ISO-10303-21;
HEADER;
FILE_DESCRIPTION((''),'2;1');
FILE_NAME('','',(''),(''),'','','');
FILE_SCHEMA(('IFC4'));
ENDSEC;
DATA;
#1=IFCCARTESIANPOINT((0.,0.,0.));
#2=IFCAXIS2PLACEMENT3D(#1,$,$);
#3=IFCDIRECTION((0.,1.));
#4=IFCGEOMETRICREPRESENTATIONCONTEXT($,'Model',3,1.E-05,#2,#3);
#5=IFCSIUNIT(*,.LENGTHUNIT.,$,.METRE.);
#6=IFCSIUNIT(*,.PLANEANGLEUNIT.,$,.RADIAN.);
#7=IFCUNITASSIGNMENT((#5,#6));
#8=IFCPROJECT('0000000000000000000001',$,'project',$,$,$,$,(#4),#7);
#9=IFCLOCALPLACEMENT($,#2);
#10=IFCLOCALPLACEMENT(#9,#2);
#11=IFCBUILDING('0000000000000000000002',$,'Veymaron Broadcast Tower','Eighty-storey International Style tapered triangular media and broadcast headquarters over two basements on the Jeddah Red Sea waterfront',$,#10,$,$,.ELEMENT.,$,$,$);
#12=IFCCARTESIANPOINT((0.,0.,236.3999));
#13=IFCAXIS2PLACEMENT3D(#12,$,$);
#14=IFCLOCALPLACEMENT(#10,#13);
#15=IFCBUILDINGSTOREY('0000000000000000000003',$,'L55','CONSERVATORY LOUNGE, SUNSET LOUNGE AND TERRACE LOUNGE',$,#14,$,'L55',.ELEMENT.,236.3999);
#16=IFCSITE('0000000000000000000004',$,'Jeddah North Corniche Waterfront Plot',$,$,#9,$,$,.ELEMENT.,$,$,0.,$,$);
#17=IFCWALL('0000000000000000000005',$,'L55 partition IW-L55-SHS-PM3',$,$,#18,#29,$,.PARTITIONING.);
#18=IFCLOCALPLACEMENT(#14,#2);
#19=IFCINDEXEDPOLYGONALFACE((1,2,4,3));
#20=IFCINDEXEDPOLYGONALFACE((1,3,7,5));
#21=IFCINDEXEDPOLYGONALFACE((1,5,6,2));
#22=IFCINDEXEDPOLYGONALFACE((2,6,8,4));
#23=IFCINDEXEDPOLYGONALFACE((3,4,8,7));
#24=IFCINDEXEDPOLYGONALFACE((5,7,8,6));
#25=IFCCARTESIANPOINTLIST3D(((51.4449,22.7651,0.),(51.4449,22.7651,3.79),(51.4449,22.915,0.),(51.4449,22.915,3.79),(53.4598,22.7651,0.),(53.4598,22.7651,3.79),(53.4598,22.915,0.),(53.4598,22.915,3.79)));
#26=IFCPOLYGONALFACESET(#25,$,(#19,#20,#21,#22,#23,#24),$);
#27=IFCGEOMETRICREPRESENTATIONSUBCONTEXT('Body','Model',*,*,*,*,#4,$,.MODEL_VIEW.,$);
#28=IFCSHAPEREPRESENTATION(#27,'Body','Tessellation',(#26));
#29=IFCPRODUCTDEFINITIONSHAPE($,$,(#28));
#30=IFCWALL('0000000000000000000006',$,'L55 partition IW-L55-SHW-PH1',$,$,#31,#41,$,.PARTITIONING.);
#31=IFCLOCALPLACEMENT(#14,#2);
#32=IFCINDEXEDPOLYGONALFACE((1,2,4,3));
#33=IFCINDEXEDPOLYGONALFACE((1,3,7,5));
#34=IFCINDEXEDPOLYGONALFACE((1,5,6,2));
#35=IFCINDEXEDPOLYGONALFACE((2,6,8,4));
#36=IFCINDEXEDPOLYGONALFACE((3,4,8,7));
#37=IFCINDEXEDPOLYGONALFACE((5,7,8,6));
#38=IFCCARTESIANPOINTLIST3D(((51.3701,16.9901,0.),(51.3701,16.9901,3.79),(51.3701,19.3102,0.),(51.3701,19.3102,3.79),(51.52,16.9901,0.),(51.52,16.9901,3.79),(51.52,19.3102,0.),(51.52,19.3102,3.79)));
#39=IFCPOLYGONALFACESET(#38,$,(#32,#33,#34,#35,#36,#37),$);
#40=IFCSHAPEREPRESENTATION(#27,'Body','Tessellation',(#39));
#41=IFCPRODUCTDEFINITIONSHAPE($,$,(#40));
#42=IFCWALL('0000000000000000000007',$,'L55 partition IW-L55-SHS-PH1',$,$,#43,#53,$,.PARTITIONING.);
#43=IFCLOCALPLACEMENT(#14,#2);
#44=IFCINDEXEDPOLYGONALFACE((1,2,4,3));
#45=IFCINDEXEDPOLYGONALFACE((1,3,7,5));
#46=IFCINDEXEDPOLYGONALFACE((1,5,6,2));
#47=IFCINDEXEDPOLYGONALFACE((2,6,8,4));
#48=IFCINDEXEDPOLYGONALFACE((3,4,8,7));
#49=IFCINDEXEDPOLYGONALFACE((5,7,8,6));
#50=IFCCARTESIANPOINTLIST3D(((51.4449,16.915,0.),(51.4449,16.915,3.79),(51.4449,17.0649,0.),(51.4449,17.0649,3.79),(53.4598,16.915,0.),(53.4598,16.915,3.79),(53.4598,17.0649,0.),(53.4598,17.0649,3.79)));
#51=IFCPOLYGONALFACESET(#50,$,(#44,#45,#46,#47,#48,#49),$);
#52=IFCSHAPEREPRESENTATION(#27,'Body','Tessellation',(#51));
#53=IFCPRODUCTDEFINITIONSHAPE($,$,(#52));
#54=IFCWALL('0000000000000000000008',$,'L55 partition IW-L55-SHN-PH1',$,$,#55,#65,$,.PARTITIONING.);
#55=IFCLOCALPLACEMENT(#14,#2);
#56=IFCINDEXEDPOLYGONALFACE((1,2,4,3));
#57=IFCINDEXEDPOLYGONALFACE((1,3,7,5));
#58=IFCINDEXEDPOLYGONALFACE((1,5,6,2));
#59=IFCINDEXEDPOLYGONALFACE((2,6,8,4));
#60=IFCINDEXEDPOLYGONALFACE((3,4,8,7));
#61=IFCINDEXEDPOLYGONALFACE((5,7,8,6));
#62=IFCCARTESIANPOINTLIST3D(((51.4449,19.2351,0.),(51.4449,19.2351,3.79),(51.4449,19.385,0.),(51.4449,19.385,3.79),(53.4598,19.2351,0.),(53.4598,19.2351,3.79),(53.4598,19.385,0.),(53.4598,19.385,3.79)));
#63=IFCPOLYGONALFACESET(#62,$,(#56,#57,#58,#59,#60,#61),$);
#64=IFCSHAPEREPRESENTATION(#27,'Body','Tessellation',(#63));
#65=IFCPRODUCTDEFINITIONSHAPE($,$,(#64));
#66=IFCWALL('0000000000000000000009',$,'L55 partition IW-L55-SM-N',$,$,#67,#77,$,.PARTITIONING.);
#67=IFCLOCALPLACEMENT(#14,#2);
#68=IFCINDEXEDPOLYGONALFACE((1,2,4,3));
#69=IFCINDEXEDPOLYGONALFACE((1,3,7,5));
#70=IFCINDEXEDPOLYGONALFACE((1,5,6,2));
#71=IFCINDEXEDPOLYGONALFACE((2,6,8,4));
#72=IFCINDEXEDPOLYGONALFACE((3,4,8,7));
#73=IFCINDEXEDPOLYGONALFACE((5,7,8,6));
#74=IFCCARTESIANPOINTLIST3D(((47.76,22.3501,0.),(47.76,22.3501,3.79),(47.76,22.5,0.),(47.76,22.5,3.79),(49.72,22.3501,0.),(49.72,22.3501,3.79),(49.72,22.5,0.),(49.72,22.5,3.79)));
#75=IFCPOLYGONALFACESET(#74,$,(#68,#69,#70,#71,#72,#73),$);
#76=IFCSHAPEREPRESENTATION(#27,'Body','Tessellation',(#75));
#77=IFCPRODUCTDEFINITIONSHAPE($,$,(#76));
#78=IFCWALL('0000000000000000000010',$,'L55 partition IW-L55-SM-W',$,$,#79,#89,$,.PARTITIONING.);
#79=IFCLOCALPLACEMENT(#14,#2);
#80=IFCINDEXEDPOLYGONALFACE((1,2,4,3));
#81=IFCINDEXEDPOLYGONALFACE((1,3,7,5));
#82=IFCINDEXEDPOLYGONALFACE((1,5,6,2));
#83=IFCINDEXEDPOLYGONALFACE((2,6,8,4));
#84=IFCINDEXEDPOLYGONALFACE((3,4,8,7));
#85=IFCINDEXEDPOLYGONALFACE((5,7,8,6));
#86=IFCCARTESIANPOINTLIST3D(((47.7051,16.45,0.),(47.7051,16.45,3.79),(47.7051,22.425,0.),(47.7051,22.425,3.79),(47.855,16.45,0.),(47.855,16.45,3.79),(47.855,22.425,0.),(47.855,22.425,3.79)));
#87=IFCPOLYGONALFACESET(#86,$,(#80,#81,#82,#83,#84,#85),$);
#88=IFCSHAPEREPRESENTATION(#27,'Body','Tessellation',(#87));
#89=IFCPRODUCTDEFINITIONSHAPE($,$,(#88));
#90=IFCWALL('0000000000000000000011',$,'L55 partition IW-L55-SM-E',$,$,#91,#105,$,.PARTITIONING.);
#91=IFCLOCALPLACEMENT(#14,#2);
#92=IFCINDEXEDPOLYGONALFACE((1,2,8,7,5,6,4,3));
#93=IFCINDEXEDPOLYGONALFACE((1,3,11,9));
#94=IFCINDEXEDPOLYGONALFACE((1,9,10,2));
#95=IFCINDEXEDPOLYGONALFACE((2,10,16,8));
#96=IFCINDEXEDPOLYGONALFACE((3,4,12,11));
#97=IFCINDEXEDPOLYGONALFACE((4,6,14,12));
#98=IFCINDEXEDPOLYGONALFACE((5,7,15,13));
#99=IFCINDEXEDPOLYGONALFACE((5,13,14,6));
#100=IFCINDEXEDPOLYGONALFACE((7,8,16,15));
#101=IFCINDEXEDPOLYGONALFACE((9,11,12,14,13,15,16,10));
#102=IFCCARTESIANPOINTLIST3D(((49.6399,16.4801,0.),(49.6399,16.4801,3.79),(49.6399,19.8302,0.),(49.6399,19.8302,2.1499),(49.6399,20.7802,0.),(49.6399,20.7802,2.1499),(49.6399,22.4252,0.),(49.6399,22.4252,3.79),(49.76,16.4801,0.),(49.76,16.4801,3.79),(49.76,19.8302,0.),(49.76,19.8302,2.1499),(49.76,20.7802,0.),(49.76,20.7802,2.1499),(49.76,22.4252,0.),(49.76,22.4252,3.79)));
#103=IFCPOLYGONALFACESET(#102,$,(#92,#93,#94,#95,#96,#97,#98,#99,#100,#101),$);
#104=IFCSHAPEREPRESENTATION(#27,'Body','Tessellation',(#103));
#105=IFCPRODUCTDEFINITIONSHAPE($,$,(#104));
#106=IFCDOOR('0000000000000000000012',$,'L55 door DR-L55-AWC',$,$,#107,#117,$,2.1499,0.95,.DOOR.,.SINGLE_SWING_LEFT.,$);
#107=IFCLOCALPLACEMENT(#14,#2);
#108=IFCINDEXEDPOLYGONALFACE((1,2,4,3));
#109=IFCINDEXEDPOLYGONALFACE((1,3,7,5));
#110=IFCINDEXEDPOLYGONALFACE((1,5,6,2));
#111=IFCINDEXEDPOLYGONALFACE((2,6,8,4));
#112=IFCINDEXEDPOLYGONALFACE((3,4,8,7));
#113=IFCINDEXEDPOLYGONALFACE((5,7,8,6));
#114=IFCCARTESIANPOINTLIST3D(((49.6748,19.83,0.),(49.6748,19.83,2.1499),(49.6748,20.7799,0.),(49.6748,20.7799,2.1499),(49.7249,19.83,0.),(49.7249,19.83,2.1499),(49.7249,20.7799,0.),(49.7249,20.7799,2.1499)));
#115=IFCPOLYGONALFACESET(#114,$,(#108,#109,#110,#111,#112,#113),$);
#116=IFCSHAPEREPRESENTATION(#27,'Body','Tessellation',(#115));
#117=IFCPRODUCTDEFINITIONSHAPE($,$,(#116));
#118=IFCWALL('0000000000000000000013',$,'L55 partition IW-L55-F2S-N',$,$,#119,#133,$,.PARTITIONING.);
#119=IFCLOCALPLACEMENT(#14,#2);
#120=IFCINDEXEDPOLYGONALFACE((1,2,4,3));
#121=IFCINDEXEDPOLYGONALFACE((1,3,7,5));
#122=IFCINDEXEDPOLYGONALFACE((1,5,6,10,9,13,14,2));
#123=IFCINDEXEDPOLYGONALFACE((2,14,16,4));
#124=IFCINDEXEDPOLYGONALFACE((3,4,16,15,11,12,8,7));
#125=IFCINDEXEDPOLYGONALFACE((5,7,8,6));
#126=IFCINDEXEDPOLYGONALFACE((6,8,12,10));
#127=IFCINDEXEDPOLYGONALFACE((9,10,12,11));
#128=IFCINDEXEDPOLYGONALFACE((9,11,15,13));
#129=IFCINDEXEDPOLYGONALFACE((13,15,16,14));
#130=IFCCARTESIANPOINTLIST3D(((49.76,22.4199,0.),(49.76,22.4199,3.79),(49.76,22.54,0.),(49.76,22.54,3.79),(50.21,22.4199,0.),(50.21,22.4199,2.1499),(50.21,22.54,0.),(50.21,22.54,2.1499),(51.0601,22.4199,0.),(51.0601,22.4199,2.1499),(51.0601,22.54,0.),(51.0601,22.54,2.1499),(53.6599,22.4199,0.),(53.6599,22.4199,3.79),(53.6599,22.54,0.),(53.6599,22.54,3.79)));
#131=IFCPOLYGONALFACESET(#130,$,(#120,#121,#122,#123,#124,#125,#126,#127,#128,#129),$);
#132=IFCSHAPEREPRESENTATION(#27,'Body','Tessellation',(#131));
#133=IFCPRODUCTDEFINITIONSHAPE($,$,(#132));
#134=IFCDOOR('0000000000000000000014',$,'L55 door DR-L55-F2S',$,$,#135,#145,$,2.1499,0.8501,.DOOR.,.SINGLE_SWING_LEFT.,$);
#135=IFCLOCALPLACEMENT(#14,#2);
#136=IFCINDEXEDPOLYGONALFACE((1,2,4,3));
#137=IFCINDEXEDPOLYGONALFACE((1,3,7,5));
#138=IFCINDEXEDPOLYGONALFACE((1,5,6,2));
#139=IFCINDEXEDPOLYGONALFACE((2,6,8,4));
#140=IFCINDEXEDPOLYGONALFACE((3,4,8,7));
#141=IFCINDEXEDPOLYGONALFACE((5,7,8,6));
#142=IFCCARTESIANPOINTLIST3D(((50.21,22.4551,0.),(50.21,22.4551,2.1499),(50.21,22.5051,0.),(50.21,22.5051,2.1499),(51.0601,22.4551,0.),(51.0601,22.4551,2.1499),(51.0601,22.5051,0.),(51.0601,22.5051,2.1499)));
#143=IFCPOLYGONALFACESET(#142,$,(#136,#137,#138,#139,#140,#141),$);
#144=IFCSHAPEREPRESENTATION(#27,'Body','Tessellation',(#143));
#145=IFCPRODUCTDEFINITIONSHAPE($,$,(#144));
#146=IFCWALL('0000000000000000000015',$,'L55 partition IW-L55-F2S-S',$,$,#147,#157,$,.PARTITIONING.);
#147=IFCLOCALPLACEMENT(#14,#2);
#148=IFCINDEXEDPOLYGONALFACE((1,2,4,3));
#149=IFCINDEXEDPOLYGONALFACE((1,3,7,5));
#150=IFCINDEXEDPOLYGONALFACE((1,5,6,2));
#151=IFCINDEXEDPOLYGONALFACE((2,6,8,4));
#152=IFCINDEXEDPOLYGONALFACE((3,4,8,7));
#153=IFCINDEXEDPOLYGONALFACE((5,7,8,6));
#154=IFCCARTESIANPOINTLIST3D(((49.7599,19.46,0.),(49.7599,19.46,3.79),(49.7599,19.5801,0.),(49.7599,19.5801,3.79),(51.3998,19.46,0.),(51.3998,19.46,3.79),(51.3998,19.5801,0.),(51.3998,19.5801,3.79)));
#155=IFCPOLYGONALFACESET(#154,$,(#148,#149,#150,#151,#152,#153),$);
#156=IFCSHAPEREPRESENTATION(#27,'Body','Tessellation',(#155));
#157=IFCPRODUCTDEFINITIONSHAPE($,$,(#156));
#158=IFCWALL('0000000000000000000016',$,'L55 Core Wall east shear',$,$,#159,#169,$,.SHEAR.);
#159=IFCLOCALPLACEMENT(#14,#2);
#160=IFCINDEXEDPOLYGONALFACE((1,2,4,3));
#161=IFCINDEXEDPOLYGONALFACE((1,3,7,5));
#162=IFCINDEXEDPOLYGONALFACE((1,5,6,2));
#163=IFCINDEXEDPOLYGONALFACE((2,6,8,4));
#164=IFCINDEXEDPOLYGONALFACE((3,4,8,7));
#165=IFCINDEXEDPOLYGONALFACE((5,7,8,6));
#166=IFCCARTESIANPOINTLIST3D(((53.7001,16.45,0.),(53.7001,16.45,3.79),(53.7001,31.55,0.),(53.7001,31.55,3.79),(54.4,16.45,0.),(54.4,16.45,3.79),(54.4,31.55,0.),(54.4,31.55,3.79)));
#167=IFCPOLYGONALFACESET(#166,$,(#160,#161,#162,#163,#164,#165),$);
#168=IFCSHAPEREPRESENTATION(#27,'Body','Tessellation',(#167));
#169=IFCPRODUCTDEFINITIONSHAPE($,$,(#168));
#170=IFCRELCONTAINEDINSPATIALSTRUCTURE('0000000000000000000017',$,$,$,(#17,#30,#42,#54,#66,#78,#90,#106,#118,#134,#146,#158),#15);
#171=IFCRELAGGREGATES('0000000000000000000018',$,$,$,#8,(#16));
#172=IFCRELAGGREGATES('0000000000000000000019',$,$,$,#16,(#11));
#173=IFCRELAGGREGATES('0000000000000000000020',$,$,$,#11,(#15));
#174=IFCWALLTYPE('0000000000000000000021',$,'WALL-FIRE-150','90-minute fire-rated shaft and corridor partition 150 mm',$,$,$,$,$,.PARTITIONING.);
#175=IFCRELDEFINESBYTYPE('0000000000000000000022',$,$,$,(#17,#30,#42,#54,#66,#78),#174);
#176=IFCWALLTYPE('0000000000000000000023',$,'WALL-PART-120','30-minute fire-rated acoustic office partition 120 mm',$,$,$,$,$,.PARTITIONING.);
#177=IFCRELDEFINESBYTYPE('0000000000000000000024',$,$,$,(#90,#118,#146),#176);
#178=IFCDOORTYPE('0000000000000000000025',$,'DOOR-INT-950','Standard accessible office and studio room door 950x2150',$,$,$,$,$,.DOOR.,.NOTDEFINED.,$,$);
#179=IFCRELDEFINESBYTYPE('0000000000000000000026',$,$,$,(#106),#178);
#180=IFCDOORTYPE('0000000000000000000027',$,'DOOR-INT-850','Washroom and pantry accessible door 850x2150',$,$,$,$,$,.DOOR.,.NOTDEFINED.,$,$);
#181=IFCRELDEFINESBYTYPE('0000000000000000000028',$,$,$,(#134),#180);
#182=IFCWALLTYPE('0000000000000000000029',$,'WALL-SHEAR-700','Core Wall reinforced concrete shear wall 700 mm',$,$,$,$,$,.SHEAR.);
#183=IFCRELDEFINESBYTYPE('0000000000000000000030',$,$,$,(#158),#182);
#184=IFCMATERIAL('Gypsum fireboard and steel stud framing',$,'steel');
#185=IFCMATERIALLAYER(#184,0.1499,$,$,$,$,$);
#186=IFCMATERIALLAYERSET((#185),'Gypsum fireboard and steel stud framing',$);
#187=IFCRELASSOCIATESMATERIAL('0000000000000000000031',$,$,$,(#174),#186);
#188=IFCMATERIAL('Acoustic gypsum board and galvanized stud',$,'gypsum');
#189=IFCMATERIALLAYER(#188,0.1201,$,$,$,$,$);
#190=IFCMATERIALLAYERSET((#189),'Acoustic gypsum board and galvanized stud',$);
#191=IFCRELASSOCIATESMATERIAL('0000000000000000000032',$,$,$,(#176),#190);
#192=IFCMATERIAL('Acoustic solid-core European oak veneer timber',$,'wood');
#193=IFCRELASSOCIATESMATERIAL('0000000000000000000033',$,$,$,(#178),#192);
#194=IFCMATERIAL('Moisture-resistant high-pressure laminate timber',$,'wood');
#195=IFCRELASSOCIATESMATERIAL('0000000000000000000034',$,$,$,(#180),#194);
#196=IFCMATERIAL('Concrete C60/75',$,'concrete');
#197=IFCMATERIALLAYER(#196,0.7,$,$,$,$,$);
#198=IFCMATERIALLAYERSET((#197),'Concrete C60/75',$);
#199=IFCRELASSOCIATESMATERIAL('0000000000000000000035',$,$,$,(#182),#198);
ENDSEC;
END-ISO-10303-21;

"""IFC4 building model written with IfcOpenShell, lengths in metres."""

from ifc_helpers import new_model, si_unit, direction, frame, frame_2d, origin, place, context, subcontext, project, spatial, rectangle, extrude, material, layer, layer_set, type_object, element, fill, save


model = new_model("IFC4")

# Units and contexts
model_context = context("Model", 3, precision=1e-05, world=origin(), true_north=direction((0.0, 1.0)))
body_context = subcontext(model_context, "Body", "Model", "MODEL_VIEW")
ifc_project = project(units=[si_unit("LENGTHUNIT", "METRE"), si_unit("PLANEANGLEUNIT", "RADIAN")], contexts=[model_context])

# Site, building, storey
site_placement = place(None, origin())
site = spatial("IfcSite", under=ifc_project, at=site_placement, Name="Jeddah North Corniche Waterfront Plot", CompositionType="ELEMENT", RefElevation=0.0)
building_placement = place(site_placement, origin())
building = spatial("IfcBuilding", under=site, at=building_placement, Name="Veymaron Broadcast Tower", Description="Eighty-storey International Style tapered triangular media and broadcast headquarters over two basements on the Jeddah Red Sea waterfront", CompositionType="ELEMENT")
storey_placement = place(building_placement, frame((0.0, 0.0, 236.3999)))
storey = spatial("IfcBuildingStorey", under=building, at=storey_placement, Name="L55", Description="CONSERVATORY LOUNGE, SUNSET LOUNGE AND TERRACE LOUNGE", LongName="L55", CompositionType="ELEMENT", Elevation=236.3999)

# Shared definitions
ifc_material_1 = material(Name="Gypsum fireboard and steel stud framing", Category="steel")
ifc_layer_1 = layer(ifc_material_1, 0.1499)
ifc_layer_set_1 = layer_set([ifc_layer_1], Name="Gypsum fireboard and steel stud framing")
wall_type_1 = type_object("IfcWallType", Name="WALL-FIRE-150", Description="90-minute fire-rated shaft and corridor partition 150 mm", PredefinedType="PARTITIONING", material=ifc_layer_set_1)

# Walls
wall_1_placement = place(storey_placement, frame((51.4451, 22.8401, 0.0), z_axis=(0.0, 0.0, 1.0), x_axis=(1.0, 0.0, 0.0)))
element("IfcWall", 1, at=wall_1_placement, inside=storey, type_object=wall_type_1, Name="L55 partition IW-L55-SHS-PM3", PredefinedType="PARTITIONING", context=body_context, shape_type="SweptSolid", body=[
    extrude(rectangle(XDim=2.0149, YDim=0.1499, at=frame_2d((1.0073, 0.0))), origin(), (0.0, 0.0, 1.0), 3.79),
])
wall_2_placement = place(storey_placement, frame((51.4451, 16.99, 0.0), z_axis=(0.0, 0.0, 1.0), x_axis=(0.0, 1.0, 0.0)))
element("IfcWall", 2, at=wall_2_placement, inside=storey, type_object=wall_type_1, Name="L55 partition IW-L55-SHW-PH1", PredefinedType="PARTITIONING", context=body_context, shape_type="SweptSolid", body=[
    extrude(rectangle(XDim=2.3201, YDim=0.1499, at=frame_2d((1.1602, 0.0))), origin(), (0.0, 0.0, 1.0), 3.79),
])
for number, where, z_axis, x_axis, name in (
    (3, (51.4451, 16.99, 0.0), (0.0, 0.0, 1.0), (1.0, 0.0, 0.0), "L55 partition IW-L55-SHS-PH1"),
    (4, (51.4451, 19.3101, 0.0), (0.0, 0.0, 1.0), (1.0, 0.0, 0.0), "L55 partition IW-L55-SHN-PH1"),
):
    element("IfcWall", number, at=place(storey_placement, frame(where, z_axis=z_axis, x_axis=x_axis)), inside=storey, type_object=wall_type_1, Name=name, PredefinedType="PARTITIONING", context=body_context, shape_type="SweptSolid", body=[
        extrude(rectangle(XDim=2.0149, YDim=0.1499, at=frame_2d((1.0073, 0.0))), origin(), (0.0, 0.0, 1.0), 3.79),
    ])

# Walls
wall_3_placement = place(storey_placement, frame((47.76, 22.425, 0.0), z_axis=(0.0, 0.0, 1.0), x_axis=(1.0, 0.0, 0.0)))
element("IfcWall", 5, at=wall_3_placement, inside=storey, type_object=wall_type_1, Name="L55 partition IW-L55-SM-N", PredefinedType="PARTITIONING", context=body_context, shape_type="SweptSolid", body=[
    extrude(rectangle(XDim=1.96, YDim=0.1499, at=frame_2d((0.98, 0.0))), origin(), (0.0, 0.0, 1.0), 3.79),
])
wall_4_placement = place(storey_placement, frame((47.78, 16.45, 0.0), z_axis=(0.0, 0.0, 1.0), x_axis=(0.0, 1.0, 0.0)))
element("IfcWall", 6, at=wall_4_placement, inside=storey, type_object=wall_type_1, Name="L55 partition IW-L55-SM-W", PredefinedType="PARTITIONING", context=body_context, shape_type="SweptSolid", body=[
    extrude(rectangle(XDim=5.9751, YDim=0.1499, at=frame_2d((2.9875, 0.0))), origin(), (0.0, 0.0, 1.0), 3.79),
])

# Walls, openings, doors
ifc_material_2 = material(Name="Acoustic gypsum board and galvanized stud", Category="gypsum")
ifc_layer_2 = layer(ifc_material_2, 0.1201)
ifc_layer_set_2 = layer_set([ifc_layer_2], Name="Acoustic gypsum board and galvanized stud")
wall_type_2 = type_object("IfcWallType", Name="WALL-PART-120", Description="30-minute fire-rated acoustic office partition 120 mm", PredefinedType="PARTITIONING", material=ifc_layer_set_2)
wall_5_placement = place(storey_placement, frame((49.7, 16.48, 0.0), z_axis=(0.0, 0.0, 1.0), x_axis=(0.0, 1.0, 0.0)))
wall_5 = element("IfcWall", 7, at=wall_5_placement, inside=storey, type_object=wall_type_2, Name="L55 partition IW-L55-SM-E", PredefinedType="PARTITIONING", context=body_context, shape_type="SweptSolid", body=[
    extrude(rectangle(XDim=5.9451, YDim=0.1201, at=frame_2d((2.9727, 0.0))), origin(), (0.0, 0.0, 1.0), 3.79),
])
opening_1_placement = place(wall_5_placement, frame((3.3501, 0.0, 0.0)))
opening_1 = element("IfcOpeningElement", 8, at=opening_1_placement, cuts=wall_5, PredefinedType="OPENING", context=body_context, shape_type="SweptSolid", body=[
    extrude(rectangle(XDim=0.95, YDim=2.1499, at=frame_2d((0.4751, 1.075))), frame((0.0, 0.0701, 0.0), z_axis=(0.0, -1.0, 0.0), x_axis=(1.0, 0.0, 0.0)), (0.0, 0.0, 1.0), 0.1401),
])
ifc_material_3 = material(Name="Acoustic solid-core European oak veneer timber", Category="wood")
door_type_1 = type_object("IfcDoorType", Name="DOOR-INT-950", Description="Standard accessible office and studio room door 950x2150", OperationType="NOTDEFINED", PredefinedType="DOOR", material=ifc_material_3)
door_1_placement = place(opening_1_placement, frame((0.95, 0.0, 0.0), z_axis=(0.0, 0.0, 1.0), x_axis=(-1.0, 0.0, 0.0)))
door_1 = element("IfcDoor", 9, at=door_1_placement, inside=storey, type_object=door_type_1, Name="L55 door DR-L55-AWC", OperationType="SINGLE_SWING_LEFT", OverallHeight=2.1499, OverallWidth=0.95, PredefinedType="DOOR", context=body_context, shape_type="SweptSolid", body=[
    extrude(rectangle(XDim=0.95, YDim=2.1499, at=frame_2d((0.4751, 1.075))), frame((0.0, 0.0249, 0.0), z_axis=(0.0, -1.0, 0.0), x_axis=(1.0, 0.0, 0.0)), (0.0, 0.0, 1.0), 0.05),
])
fill(opening_1, door_1)
wall_6_placement = place(storey_placement, frame((49.76, 22.48, 0.0), z_axis=(0.0, 0.0, 1.0), x_axis=(1.0, 0.0, 0.0)))
wall_6 = element("IfcWall", 10, at=wall_6_placement, inside=storey, type_object=wall_type_2, Name="L55 partition IW-L55-F2S-N", PredefinedType="PARTITIONING", context=body_context, shape_type="SweptSolid", body=[
    extrude(rectangle(XDim=3.8999, YDim=0.1201, at=frame_2d((1.95, 0.0))), origin(), (0.0, 0.0, 1.0), 3.79),
])
opening_2_placement = place(wall_6_placement, frame((0.45, 0.0, 0.0)))
opening_2 = element("IfcOpeningElement", 11, at=opening_2_placement, cuts=wall_6, PredefinedType="OPENING", context=body_context, shape_type="SweptSolid", body=[
    extrude(rectangle(XDim=0.8501, YDim=2.1499, at=frame_2d((0.425, 1.075))), frame((0.0, 0.0701, 0.0), z_axis=(0.0, -1.0, 0.0), x_axis=(1.0, 0.0, 0.0)), (0.0, 0.0, 1.0), 0.1401),
])
ifc_material_4 = material(Name="Moisture-resistant high-pressure laminate timber", Category="wood")
door_type_2 = type_object("IfcDoorType", Name="DOOR-INT-850", Description="Washroom and pantry accessible door 850x2150", OperationType="NOTDEFINED", PredefinedType="DOOR", material=ifc_material_4)
door_2_placement = place(opening_2_placement, frame((0.8501, 0.0, 0.0), z_axis=(0.0, 0.0, 1.0), x_axis=(-1.0, 0.0, 0.0)))
door_2 = element("IfcDoor", 12, at=door_2_placement, inside=storey, type_object=door_type_2, Name="L55 door DR-L55-F2S", OperationType="SINGLE_SWING_LEFT", OverallHeight=2.1499, OverallWidth=0.8501, PredefinedType="DOOR", context=body_context, shape_type="SweptSolid", body=[
    extrude(rectangle(XDim=0.8501, YDim=2.1499, at=frame_2d((0.425, 1.075))), frame((0.0, 0.0249, 0.0), z_axis=(0.0, -1.0, 0.0), x_axis=(1.0, 0.0, 0.0)), (0.0, 0.0, 1.0), 0.05),
])
fill(opening_2, door_2)

# Walls
wall_7_placement = place(storey_placement, frame((49.76, 19.52, 0.0), z_axis=(0.0, 0.0, 1.0), x_axis=(1.0, 0.0, 0.0)))
element("IfcWall", 13, at=wall_7_placement, inside=storey, type_object=wall_type_2, Name="L55 partition IW-L55-F2S-S", PredefinedType="PARTITIONING", context=body_context, shape_type="SweptSolid", body=[
    extrude(rectangle(XDim=1.6399, YDim=0.1201, at=frame_2d((0.8198, 0.0))), origin(), (0.0, 0.0, 1.0), 3.79),
])
ifc_material_5 = material(Name="Concrete C60/75", Category="concrete")
ifc_layer_3 = layer(ifc_material_5, 0.7)
ifc_layer_set_3 = layer_set([ifc_layer_3], Name="Concrete C60/75")
wall_type_3 = type_object("IfcWallType", Name="WALL-SHEAR-700", Description="Core Wall reinforced concrete shear wall 700 mm", PredefinedType="SHEAR", material=ifc_layer_set_3)
wall_8_placement = place(storey_placement, frame((54.05, 16.45, 0.0), z_axis=(0.0, 0.0, 1.0), x_axis=(0.0, 1.0, 0.0)))
element("IfcWall", 14, at=wall_8_placement, inside=storey, type_object=wall_type_3, Name="L55 Core Wall east shear", PredefinedType="SHEAR", context=body_context, shape_type="SweptSolid", body=[
    extrude(rectangle(XDim=15.1001, YDim=0.7, at=frame_2d((7.55, 0.0))), origin(), (0.0, 0.0, 1.0), 3.79),
])

save(model, "model.ifc")
